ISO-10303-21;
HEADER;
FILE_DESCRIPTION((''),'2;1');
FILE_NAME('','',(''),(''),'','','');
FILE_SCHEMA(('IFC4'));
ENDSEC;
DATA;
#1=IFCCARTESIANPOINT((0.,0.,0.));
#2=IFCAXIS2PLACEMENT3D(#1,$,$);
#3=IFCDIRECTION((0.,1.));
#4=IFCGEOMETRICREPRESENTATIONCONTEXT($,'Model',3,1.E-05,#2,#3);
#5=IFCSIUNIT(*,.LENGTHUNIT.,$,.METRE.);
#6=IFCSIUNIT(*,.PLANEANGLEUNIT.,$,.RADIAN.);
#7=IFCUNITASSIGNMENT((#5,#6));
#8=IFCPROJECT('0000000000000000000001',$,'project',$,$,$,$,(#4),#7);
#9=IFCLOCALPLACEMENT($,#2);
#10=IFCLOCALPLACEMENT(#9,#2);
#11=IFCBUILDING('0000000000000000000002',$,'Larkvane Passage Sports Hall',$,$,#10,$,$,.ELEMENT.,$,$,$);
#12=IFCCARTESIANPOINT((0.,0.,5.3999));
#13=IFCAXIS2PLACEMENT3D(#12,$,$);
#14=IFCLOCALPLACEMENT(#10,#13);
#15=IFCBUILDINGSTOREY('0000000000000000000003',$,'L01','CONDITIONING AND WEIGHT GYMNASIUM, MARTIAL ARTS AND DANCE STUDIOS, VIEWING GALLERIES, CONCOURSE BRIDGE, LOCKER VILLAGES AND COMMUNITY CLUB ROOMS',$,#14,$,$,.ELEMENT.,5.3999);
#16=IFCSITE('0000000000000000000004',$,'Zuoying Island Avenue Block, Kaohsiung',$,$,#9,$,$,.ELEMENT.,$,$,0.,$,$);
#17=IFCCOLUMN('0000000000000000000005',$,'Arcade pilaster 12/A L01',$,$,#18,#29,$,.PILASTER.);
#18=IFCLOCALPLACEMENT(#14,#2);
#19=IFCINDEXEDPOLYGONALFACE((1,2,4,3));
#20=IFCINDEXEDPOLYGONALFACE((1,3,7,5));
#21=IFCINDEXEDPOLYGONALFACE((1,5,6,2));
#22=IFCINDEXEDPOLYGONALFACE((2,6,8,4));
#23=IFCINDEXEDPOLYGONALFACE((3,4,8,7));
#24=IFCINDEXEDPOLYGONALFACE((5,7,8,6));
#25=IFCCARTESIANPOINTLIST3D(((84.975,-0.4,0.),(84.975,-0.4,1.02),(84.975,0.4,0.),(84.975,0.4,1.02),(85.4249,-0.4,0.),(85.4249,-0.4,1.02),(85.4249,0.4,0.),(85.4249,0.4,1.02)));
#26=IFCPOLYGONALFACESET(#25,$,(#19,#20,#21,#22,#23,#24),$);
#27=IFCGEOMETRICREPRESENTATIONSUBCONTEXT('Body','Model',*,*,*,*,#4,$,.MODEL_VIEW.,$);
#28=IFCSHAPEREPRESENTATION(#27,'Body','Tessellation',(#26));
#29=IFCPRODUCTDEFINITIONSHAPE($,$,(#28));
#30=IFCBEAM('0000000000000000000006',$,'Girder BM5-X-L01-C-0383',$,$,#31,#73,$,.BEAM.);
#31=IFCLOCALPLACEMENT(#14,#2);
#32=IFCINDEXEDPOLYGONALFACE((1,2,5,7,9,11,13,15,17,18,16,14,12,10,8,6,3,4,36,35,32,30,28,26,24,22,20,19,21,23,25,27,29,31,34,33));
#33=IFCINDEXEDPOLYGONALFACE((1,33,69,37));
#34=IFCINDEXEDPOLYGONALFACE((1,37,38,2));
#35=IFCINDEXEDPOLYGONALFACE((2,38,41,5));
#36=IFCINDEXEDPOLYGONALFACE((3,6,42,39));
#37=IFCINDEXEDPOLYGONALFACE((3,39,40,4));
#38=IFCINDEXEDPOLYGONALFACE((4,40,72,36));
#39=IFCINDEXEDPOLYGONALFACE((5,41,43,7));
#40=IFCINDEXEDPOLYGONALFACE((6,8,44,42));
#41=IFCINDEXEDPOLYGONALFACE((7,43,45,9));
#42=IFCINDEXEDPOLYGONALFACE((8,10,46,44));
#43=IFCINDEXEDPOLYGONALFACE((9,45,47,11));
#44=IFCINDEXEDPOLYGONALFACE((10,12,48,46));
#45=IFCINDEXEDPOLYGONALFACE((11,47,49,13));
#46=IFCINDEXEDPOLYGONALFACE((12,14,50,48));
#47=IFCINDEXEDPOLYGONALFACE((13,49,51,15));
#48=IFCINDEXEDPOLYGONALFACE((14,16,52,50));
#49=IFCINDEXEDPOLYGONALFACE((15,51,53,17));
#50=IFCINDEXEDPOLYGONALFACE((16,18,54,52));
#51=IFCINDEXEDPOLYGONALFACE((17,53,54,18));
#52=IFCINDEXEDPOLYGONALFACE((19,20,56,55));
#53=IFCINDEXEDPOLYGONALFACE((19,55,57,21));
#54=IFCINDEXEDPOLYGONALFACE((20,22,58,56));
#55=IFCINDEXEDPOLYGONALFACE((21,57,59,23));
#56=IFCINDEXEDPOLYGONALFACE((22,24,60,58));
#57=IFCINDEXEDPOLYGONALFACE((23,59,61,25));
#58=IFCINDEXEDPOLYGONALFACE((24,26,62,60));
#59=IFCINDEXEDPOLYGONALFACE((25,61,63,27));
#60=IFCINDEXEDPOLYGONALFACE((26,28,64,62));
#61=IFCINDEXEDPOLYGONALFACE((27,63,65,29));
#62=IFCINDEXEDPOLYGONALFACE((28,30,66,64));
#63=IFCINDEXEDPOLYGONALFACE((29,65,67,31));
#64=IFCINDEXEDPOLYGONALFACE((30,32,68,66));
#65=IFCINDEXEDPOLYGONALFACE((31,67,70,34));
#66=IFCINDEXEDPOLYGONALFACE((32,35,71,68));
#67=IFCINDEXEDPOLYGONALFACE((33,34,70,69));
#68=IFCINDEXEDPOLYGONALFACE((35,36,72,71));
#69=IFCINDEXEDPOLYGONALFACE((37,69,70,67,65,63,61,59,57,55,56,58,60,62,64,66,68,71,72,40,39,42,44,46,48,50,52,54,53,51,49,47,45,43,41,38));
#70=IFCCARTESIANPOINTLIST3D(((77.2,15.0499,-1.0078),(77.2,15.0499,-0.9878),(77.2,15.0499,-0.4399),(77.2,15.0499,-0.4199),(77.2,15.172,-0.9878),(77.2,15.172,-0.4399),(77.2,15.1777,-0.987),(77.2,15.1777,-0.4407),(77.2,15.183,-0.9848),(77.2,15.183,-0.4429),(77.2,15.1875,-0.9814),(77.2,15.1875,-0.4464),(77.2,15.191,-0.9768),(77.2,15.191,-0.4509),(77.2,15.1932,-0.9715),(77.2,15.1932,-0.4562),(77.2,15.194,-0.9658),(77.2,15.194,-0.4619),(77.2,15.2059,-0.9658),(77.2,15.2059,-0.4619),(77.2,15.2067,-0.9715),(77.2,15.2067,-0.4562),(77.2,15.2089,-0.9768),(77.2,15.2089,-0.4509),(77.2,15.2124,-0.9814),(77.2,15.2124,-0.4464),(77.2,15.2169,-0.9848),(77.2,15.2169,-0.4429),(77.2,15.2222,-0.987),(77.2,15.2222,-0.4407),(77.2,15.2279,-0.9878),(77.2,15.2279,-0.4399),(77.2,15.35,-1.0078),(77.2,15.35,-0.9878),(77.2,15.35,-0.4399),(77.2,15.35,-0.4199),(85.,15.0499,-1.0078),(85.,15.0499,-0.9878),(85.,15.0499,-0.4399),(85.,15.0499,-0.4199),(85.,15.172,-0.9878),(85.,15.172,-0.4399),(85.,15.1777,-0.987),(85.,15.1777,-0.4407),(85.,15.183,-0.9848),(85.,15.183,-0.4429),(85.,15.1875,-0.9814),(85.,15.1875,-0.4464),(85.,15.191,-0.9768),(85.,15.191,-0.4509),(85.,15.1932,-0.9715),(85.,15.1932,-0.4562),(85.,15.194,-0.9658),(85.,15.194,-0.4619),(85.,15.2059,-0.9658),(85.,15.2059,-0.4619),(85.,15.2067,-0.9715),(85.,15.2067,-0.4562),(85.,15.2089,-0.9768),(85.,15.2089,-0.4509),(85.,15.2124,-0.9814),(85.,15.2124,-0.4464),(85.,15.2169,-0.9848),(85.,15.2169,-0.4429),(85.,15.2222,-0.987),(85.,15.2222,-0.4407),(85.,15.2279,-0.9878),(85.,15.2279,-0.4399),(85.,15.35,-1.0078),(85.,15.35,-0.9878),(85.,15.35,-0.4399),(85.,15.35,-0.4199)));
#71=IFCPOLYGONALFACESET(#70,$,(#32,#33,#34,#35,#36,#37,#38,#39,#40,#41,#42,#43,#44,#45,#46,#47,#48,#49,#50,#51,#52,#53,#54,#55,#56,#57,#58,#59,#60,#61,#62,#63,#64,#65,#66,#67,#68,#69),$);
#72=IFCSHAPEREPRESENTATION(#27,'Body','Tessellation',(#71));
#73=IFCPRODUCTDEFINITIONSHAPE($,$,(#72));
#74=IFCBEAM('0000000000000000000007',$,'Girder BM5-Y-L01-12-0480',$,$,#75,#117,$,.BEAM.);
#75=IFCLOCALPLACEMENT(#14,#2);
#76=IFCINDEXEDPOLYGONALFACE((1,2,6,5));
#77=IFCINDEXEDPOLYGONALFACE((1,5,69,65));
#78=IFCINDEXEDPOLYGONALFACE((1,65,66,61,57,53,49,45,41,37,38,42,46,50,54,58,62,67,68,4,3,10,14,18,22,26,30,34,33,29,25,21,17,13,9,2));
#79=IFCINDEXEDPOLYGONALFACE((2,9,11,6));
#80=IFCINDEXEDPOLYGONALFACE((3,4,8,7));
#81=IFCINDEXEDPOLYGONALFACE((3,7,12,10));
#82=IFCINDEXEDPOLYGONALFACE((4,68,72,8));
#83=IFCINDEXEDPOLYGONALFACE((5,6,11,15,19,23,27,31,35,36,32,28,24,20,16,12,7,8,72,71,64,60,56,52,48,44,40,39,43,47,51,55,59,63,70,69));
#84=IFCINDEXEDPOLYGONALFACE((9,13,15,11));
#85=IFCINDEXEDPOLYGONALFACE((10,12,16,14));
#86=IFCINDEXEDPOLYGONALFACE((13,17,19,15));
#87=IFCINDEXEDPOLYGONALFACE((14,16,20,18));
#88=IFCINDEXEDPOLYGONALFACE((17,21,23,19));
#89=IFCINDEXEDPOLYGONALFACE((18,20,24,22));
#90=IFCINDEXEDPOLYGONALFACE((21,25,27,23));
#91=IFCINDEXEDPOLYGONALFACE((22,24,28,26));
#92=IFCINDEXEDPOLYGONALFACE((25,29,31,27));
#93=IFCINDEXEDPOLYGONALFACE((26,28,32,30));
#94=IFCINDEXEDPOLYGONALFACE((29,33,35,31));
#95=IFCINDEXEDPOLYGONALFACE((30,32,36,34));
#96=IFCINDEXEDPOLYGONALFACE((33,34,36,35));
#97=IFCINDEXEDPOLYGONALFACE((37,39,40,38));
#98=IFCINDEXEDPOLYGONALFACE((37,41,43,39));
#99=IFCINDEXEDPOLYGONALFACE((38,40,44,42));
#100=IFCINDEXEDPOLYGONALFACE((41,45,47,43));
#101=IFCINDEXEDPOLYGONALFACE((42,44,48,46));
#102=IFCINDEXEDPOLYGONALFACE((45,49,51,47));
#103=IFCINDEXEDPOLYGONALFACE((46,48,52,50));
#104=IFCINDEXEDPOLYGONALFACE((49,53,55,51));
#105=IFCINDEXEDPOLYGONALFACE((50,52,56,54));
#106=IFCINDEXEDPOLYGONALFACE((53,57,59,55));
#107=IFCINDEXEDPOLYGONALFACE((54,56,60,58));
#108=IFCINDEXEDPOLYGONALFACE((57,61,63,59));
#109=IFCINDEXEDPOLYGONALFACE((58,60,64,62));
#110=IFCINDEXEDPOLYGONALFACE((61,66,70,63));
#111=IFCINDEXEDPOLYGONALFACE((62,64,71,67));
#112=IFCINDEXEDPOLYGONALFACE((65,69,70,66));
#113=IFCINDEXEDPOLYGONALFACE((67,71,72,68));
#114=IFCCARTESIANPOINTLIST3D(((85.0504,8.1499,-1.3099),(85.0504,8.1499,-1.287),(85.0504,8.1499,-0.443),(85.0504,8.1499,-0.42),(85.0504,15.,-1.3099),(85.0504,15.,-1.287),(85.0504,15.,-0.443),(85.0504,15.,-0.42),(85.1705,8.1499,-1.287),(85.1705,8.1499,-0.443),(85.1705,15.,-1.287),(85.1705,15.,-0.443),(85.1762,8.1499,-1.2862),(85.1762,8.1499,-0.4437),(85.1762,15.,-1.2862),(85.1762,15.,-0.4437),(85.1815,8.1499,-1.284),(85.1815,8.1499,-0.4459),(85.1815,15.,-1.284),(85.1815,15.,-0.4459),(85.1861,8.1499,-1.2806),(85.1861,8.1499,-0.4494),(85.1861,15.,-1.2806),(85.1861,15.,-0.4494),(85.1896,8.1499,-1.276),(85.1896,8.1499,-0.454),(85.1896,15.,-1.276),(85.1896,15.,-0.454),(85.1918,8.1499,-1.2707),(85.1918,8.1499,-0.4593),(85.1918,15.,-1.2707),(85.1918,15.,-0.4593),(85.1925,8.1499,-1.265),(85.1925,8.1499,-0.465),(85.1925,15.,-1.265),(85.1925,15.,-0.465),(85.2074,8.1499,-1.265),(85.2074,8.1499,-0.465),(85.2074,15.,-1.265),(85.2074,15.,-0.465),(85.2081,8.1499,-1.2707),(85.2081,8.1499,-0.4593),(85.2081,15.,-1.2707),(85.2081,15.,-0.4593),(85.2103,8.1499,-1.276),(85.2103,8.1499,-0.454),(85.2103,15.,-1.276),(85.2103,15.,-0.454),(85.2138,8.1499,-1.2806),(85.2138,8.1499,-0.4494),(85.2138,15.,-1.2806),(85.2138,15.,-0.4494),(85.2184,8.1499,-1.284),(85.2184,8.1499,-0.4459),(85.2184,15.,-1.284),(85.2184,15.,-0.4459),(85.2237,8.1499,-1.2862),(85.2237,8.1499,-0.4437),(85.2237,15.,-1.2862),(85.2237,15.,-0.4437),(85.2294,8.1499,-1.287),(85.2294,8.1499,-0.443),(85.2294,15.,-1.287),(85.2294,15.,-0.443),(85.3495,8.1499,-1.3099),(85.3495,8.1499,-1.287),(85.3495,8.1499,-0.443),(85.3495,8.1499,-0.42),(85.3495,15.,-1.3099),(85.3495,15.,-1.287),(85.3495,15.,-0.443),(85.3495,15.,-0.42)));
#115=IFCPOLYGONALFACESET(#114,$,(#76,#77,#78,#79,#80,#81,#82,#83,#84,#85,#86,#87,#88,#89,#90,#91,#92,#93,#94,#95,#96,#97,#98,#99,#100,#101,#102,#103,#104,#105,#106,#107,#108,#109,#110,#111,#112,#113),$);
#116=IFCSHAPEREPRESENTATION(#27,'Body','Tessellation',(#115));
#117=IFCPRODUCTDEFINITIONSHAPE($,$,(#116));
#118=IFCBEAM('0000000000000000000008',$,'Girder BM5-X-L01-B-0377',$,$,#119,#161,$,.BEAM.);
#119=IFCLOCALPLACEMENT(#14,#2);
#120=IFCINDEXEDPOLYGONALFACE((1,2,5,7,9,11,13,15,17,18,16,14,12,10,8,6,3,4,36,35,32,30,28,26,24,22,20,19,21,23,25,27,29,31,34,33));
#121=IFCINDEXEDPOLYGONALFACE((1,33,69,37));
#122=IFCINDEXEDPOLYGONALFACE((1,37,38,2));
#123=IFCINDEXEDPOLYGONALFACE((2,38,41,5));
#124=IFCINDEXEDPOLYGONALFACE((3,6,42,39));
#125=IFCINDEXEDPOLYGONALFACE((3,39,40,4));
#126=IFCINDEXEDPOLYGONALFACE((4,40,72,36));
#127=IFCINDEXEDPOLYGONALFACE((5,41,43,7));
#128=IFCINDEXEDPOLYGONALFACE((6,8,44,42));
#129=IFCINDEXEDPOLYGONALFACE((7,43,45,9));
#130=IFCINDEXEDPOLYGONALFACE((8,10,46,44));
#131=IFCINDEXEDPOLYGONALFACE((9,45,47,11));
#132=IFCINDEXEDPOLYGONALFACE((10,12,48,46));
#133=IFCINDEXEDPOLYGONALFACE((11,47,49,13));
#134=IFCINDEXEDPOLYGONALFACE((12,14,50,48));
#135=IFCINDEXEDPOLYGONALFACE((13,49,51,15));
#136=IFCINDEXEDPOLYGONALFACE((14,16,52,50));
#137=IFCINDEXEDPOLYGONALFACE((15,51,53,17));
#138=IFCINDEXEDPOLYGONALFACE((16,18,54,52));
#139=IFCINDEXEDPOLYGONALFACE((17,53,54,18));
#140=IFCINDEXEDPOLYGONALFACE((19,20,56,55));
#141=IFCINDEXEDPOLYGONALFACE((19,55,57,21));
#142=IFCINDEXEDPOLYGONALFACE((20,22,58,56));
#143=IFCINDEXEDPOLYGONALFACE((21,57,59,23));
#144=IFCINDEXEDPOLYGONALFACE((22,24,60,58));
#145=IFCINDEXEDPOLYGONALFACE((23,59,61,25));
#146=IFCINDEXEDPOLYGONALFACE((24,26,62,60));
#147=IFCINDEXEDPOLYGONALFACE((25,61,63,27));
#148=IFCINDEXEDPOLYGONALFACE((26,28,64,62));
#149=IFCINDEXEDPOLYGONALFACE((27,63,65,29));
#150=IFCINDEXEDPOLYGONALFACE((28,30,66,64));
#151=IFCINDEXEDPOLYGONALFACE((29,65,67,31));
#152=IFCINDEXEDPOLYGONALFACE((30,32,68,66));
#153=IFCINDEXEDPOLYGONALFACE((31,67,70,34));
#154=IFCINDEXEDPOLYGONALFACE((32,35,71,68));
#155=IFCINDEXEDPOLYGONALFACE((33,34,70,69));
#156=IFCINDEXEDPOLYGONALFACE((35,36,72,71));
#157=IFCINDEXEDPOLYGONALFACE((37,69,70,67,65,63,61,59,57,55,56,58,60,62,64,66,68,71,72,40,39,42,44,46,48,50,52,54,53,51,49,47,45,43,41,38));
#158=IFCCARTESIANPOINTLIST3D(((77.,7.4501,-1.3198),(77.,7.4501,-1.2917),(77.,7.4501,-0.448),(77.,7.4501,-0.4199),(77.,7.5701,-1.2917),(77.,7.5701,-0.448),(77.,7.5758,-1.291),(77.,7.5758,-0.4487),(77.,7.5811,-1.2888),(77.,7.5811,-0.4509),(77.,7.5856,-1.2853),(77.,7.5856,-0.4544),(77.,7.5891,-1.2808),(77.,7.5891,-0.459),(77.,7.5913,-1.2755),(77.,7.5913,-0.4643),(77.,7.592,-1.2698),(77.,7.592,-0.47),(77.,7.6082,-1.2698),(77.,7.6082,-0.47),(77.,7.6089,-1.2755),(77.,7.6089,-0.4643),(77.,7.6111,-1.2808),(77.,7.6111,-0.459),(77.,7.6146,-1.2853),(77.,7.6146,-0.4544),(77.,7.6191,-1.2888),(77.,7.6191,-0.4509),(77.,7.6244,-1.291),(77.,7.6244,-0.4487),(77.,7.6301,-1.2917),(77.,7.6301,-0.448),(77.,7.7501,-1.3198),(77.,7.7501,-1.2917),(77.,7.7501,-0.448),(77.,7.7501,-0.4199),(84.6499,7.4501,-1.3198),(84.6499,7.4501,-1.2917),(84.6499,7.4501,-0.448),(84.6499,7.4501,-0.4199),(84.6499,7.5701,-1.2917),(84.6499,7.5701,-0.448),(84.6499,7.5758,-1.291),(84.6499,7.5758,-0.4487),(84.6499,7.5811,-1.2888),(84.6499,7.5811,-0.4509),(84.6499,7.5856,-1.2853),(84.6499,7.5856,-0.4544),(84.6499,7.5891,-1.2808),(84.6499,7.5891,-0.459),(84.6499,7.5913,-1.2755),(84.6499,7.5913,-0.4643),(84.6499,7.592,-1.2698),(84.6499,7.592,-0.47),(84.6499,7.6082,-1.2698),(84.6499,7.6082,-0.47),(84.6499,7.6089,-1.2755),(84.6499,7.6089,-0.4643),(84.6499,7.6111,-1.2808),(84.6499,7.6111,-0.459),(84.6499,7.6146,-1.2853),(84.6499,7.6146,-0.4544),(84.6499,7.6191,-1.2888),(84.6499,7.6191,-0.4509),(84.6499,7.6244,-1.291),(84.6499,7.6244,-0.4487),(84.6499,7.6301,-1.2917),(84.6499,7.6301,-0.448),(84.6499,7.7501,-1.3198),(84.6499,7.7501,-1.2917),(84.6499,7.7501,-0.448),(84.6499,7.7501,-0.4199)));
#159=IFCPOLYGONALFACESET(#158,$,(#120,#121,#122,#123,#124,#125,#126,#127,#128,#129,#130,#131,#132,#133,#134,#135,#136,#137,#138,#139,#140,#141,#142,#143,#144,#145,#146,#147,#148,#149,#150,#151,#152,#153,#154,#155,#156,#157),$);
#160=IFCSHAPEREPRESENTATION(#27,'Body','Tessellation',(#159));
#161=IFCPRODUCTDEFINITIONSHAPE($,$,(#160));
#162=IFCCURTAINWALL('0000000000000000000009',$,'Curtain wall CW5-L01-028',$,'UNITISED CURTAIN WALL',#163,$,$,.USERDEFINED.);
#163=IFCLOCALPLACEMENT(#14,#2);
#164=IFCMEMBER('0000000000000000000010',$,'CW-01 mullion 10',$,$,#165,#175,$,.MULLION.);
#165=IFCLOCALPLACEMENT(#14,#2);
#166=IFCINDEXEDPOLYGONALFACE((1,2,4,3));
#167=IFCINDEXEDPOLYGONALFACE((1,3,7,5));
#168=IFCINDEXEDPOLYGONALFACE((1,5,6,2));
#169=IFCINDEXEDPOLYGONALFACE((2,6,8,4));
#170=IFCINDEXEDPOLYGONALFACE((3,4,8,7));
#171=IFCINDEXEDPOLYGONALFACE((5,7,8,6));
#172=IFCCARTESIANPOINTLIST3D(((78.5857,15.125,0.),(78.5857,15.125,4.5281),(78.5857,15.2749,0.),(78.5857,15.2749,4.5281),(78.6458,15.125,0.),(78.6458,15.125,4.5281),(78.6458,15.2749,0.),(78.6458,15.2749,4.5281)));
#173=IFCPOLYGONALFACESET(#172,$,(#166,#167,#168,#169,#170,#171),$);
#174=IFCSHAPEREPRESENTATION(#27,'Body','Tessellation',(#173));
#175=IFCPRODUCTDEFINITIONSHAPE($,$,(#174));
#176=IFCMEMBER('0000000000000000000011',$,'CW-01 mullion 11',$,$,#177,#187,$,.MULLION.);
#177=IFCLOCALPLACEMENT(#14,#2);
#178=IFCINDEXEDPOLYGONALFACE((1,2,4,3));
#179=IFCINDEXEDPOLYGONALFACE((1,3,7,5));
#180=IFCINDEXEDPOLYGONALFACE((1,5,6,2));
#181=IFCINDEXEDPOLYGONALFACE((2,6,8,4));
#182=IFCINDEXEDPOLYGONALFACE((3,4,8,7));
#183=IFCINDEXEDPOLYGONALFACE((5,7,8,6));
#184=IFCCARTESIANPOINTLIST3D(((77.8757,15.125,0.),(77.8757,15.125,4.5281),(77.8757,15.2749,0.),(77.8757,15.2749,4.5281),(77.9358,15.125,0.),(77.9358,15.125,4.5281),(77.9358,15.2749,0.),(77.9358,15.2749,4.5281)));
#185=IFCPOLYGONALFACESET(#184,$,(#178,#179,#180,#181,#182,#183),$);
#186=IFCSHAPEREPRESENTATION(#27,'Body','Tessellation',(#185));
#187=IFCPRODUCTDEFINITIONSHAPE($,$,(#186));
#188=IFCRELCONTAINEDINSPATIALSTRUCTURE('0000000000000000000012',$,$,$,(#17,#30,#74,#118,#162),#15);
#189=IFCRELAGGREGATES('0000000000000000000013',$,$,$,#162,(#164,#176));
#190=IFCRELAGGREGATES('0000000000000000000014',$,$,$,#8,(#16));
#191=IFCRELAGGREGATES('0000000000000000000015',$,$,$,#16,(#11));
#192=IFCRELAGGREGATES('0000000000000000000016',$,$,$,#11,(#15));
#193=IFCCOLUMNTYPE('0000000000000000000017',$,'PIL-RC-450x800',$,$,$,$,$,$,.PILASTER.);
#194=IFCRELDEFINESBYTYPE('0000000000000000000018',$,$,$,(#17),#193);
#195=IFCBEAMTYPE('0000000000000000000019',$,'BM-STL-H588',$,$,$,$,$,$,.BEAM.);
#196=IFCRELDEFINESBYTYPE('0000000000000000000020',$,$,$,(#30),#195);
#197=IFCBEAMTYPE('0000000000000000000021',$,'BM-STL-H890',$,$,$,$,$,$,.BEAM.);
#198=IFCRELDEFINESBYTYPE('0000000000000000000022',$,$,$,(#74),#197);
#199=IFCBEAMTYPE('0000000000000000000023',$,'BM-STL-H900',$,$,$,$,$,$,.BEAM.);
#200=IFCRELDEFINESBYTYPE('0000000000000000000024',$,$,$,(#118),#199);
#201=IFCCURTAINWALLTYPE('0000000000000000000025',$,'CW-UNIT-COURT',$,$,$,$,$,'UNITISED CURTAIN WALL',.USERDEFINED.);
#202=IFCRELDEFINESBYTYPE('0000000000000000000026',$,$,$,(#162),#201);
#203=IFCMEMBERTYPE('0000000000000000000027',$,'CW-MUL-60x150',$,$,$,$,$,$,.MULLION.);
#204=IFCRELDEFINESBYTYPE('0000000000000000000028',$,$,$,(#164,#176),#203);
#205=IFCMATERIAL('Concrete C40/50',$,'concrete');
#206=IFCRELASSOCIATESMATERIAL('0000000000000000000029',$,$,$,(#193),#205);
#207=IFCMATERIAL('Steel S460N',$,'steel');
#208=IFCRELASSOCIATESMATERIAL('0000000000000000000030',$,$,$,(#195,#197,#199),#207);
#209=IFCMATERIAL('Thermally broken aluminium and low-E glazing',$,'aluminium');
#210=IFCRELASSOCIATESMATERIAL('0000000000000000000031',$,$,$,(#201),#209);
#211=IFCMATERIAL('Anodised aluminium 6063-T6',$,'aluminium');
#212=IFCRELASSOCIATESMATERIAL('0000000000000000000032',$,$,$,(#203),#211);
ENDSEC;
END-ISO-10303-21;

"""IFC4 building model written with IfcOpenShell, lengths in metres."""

from ifc_helpers import new_model, si_unit, direction, frame, origin, origin_2d, place, context, subcontext, project, spatial, rectangle, i_section, extrude, material, material_profile, profile_set, type_object, element, aggregate, save


model = new_model("IFC4")

# Units and contexts
model_context = context("Model", 3, precision=1e-05, world=origin(), true_north=direction((0.0, 1.0)))
body_context = subcontext(model_context, "Body", "Model", "MODEL_VIEW")
ifc_project = project(units=[si_unit("LENGTHUNIT", "METRE"), si_unit("PLANEANGLEUNIT", "RADIAN")], contexts=[model_context])

# Site, building, storey
site_placement = place(None, origin())
site = spatial("IfcSite", under=ifc_project, at=site_placement, Name="Zuoying Island Avenue Block, Kaohsiung", CompositionType="ELEMENT", RefElevation=0.0)
building_placement = place(site_placement, origin())
building = spatial("IfcBuilding", under=site, at=building_placement, Name="Larkvane Passage Sports Hall", CompositionType="ELEMENT")
storey_placement = place(building_placement, frame((0.0, 0.0, 5.3999)))
storey = spatial("IfcBuildingStorey", under=building, at=storey_placement, Name="L01", Description="CONDITIONING AND WEIGHT GYMNASIUM, MARTIAL ARTS AND DANCE STUDIOS, VIEWING GALLERIES, CONCOURSE BRIDGE, LOCKER VILLAGES AND COMMUNITY CLUB ROOMS", CompositionType="ELEMENT", Elevation=5.3999)

# Column
ifc_material_1 = material(Name="Concrete C40/50", Category="concrete")
ifc_material_profile_1 = material_profile(ifc_material_1, rectangle(XDim=0.45, YDim=0.8, at=origin_2d()), Name="RC-PIL-450x800")
ifc_profile_set_1 = profile_set([ifc_material_profile_1], Name="Concrete C40/50")
column_type = type_object("IfcColumnType", Name="PIL-RC-450x800", PredefinedType="PILASTER", material=ifc_profile_set_1)
column_placement = place(storey_placement, frame((85.2, 0.0, 0.0), z_axis=(0.0, 0.0, 1.0), x_axis=(1.0, 0.0, 0.0)))
element("IfcColumn", 1, at=column_placement, inside=storey, type_object=column_type, Name="Arcade pilaster 12/A L01", PredefinedType="PILASTER", context=body_context, shape_type="SweptSolid", body=[
    extrude(rectangle(XDim=0.45, YDim=0.8, at=origin_2d()), origin(), (0.0, 0.0, 1.0), 1.02),
])

# Beams
ifc_material_2 = material(Name="Steel S460N", Category="steel")
ifc_material_profile_2 = material_profile(ifc_material_2, i_section(OverallWidth=0.3, OverallDepth=0.5879, WebThickness=0.012, FlangeThickness=0.02, FilletRadius=0.022, at=origin_2d()), Name="H-588x300x12x20")
ifc_profile_set_2 = profile_set([ifc_material_profile_2], Name="Steel S460N")
beam_type_1 = type_object("IfcBeamType", Name="BM-STL-H588", PredefinedType="BEAM", material=ifc_profile_set_2)
beam_1_placement = place(storey_placement, frame((77.2, 15.2, -0.7139), z_axis=(1.0, 0.0, 0.0), x_axis=(0.0, 1.0, 0.0)))
element("IfcBeam", 2, at=beam_1_placement, inside=storey, type_object=beam_type_1, Name="Girder BM5-X-L01-C-0383", PredefinedType="BEAM", context=body_context, shape_type="SweptSolid", body=[
    extrude(i_section(OverallWidth=0.3, OverallDepth=0.5879, WebThickness=0.012, FlangeThickness=0.02, FilletRadius=0.022, at=origin_2d()), origin(), (0.0, 0.0, 1.0), 7.8),
])
ifc_material_profile_3 = material_profile(ifc_material_2, i_section(OverallWidth=0.2991, OverallDepth=0.8899, WebThickness=0.0149, FlangeThickness=0.0229, FilletRadius=0.022, at=origin_2d()), Name="H-890x299x15x23")
ifc_profile_set_3 = profile_set([ifc_material_profile_3], Name="Steel S460N")
beam_type_2 = type_object("IfcBeamType", Name="BM-STL-H890", PredefinedType="BEAM", material=ifc_profile_set_3)
beam_2_placement = place(storey_placement, frame((85.2, 8.1499, -0.865), z_axis=(0.0, 1.0, 0.0), x_axis=(-1.0, 0.0, 0.0)))
element("IfcBeam", 3, at=beam_2_placement, inside=storey, type_object=beam_type_2, Name="Girder BM5-Y-L01-12-0480", PredefinedType="BEAM", context=body_context, shape_type="SweptSolid", body=[
    extrude(i_section(OverallWidth=0.2991, OverallDepth=0.8899, WebThickness=0.0149, FlangeThickness=0.0229, FilletRadius=0.022, at=origin_2d()), origin(), (0.0, 0.0, 1.0), 6.8501),
])
ifc_material_profile_4 = material_profile(ifc_material_2, i_section(OverallWidth=0.3, OverallDepth=0.8999, WebThickness=0.0161, FlangeThickness=0.0281, FilletRadius=0.022, at=origin_2d()), Name="H-900x300x16x28")
ifc_profile_set_4 = profile_set([ifc_material_profile_4], Name="Steel S460N")
beam_type_3 = type_object("IfcBeamType", Name="BM-STL-H900", PredefinedType="BEAM", material=ifc_profile_set_4)
beam_3_placement = place(storey_placement, frame((77.0, 7.6001, -0.8699), z_axis=(1.0, 0.0, 0.0), x_axis=(0.0, 1.0, 0.0)))
element("IfcBeam", 4, at=beam_3_placement, inside=storey, type_object=beam_type_3, Name="Girder BM5-X-L01-B-0377", PredefinedType="BEAM", context=body_context, shape_type="SweptSolid", body=[
    extrude(i_section(OverallWidth=0.3, OverallDepth=0.8999, WebThickness=0.0161, FlangeThickness=0.0281, FilletRadius=0.022, at=origin_2d()), origin(), (0.0, 0.0, 1.0), 7.6499),
])

# Curtain wall, members
ifc_material_3 = material(Name="Thermally broken aluminium and low-E glazing", Category="aluminium")
curtain_wall_type = type_object("IfcCurtainWallType", Name="CW-UNIT-COURT", ElementType="UNITISED CURTAIN WALL", PredefinedType="USERDEFINED", material=ifc_material_3)
curtain_wall_placement = place(storey_placement, origin())
curtain_wall = element("IfcCurtainWall", 5, at=curtain_wall_placement, inside=storey, type_object=curtain_wall_type, Name="Curtain wall CW5-L01-028", ObjectType="UNITISED CURTAIN WALL", PredefinedType="USERDEFINED")
ifc_material_4 = material(Name="Anodised aluminium 6063-T6", Category="aluminium")
ifc_material_profile_5 = material_profile(ifc_material_4, rectangle(XDim=0.0601, YDim=0.1499, at=origin_2d()), Name="ALU-MUL-60x150")
ifc_profile_set_5 = profile_set([ifc_material_profile_5], Name="Anodised aluminium 6063-T6")
member_type_1 = type_object("IfcMemberType", Name="CW-MUL-60x150", PredefinedType="MULLION", material=ifc_profile_set_5)
member_1_placement = place(storey_placement, frame((78.6157, 15.2, 0.0), z_axis=(0.0, 0.0, 1.0), x_axis=(-1.0, 0.0, 0.0)))
member_1 = element("IfcMember", 6, at=member_1_placement, type_object=member_type_1, Name="CW-01 mullion 10", PredefinedType="MULLION", context=body_context, shape_type="SweptSolid", body=[
    extrude(rectangle(XDim=0.0601, YDim=0.1499, at=origin_2d()), origin(), (0.0, 0.0, 1.0), 4.5281),
])
member_2_placement = place(storey_placement, frame((77.9058, 15.2, 0.0), z_axis=(0.0, 0.0, 1.0), x_axis=(-1.0, 0.0, 0.0)))
member_2 = element("IfcMember", 7, at=member_2_placement, type_object=member_type_1, Name="CW-01 mullion 11", PredefinedType="MULLION", context=body_context, shape_type="SweptSolid", body=[
    extrude(rectangle(XDim=0.0601, YDim=0.1499, at=origin_2d()), origin(), (0.0, 0.0, 1.0), 4.5281),
])

aggregate(curtain_wall, [member_1, member_2])

save(model, "model.ifc")
